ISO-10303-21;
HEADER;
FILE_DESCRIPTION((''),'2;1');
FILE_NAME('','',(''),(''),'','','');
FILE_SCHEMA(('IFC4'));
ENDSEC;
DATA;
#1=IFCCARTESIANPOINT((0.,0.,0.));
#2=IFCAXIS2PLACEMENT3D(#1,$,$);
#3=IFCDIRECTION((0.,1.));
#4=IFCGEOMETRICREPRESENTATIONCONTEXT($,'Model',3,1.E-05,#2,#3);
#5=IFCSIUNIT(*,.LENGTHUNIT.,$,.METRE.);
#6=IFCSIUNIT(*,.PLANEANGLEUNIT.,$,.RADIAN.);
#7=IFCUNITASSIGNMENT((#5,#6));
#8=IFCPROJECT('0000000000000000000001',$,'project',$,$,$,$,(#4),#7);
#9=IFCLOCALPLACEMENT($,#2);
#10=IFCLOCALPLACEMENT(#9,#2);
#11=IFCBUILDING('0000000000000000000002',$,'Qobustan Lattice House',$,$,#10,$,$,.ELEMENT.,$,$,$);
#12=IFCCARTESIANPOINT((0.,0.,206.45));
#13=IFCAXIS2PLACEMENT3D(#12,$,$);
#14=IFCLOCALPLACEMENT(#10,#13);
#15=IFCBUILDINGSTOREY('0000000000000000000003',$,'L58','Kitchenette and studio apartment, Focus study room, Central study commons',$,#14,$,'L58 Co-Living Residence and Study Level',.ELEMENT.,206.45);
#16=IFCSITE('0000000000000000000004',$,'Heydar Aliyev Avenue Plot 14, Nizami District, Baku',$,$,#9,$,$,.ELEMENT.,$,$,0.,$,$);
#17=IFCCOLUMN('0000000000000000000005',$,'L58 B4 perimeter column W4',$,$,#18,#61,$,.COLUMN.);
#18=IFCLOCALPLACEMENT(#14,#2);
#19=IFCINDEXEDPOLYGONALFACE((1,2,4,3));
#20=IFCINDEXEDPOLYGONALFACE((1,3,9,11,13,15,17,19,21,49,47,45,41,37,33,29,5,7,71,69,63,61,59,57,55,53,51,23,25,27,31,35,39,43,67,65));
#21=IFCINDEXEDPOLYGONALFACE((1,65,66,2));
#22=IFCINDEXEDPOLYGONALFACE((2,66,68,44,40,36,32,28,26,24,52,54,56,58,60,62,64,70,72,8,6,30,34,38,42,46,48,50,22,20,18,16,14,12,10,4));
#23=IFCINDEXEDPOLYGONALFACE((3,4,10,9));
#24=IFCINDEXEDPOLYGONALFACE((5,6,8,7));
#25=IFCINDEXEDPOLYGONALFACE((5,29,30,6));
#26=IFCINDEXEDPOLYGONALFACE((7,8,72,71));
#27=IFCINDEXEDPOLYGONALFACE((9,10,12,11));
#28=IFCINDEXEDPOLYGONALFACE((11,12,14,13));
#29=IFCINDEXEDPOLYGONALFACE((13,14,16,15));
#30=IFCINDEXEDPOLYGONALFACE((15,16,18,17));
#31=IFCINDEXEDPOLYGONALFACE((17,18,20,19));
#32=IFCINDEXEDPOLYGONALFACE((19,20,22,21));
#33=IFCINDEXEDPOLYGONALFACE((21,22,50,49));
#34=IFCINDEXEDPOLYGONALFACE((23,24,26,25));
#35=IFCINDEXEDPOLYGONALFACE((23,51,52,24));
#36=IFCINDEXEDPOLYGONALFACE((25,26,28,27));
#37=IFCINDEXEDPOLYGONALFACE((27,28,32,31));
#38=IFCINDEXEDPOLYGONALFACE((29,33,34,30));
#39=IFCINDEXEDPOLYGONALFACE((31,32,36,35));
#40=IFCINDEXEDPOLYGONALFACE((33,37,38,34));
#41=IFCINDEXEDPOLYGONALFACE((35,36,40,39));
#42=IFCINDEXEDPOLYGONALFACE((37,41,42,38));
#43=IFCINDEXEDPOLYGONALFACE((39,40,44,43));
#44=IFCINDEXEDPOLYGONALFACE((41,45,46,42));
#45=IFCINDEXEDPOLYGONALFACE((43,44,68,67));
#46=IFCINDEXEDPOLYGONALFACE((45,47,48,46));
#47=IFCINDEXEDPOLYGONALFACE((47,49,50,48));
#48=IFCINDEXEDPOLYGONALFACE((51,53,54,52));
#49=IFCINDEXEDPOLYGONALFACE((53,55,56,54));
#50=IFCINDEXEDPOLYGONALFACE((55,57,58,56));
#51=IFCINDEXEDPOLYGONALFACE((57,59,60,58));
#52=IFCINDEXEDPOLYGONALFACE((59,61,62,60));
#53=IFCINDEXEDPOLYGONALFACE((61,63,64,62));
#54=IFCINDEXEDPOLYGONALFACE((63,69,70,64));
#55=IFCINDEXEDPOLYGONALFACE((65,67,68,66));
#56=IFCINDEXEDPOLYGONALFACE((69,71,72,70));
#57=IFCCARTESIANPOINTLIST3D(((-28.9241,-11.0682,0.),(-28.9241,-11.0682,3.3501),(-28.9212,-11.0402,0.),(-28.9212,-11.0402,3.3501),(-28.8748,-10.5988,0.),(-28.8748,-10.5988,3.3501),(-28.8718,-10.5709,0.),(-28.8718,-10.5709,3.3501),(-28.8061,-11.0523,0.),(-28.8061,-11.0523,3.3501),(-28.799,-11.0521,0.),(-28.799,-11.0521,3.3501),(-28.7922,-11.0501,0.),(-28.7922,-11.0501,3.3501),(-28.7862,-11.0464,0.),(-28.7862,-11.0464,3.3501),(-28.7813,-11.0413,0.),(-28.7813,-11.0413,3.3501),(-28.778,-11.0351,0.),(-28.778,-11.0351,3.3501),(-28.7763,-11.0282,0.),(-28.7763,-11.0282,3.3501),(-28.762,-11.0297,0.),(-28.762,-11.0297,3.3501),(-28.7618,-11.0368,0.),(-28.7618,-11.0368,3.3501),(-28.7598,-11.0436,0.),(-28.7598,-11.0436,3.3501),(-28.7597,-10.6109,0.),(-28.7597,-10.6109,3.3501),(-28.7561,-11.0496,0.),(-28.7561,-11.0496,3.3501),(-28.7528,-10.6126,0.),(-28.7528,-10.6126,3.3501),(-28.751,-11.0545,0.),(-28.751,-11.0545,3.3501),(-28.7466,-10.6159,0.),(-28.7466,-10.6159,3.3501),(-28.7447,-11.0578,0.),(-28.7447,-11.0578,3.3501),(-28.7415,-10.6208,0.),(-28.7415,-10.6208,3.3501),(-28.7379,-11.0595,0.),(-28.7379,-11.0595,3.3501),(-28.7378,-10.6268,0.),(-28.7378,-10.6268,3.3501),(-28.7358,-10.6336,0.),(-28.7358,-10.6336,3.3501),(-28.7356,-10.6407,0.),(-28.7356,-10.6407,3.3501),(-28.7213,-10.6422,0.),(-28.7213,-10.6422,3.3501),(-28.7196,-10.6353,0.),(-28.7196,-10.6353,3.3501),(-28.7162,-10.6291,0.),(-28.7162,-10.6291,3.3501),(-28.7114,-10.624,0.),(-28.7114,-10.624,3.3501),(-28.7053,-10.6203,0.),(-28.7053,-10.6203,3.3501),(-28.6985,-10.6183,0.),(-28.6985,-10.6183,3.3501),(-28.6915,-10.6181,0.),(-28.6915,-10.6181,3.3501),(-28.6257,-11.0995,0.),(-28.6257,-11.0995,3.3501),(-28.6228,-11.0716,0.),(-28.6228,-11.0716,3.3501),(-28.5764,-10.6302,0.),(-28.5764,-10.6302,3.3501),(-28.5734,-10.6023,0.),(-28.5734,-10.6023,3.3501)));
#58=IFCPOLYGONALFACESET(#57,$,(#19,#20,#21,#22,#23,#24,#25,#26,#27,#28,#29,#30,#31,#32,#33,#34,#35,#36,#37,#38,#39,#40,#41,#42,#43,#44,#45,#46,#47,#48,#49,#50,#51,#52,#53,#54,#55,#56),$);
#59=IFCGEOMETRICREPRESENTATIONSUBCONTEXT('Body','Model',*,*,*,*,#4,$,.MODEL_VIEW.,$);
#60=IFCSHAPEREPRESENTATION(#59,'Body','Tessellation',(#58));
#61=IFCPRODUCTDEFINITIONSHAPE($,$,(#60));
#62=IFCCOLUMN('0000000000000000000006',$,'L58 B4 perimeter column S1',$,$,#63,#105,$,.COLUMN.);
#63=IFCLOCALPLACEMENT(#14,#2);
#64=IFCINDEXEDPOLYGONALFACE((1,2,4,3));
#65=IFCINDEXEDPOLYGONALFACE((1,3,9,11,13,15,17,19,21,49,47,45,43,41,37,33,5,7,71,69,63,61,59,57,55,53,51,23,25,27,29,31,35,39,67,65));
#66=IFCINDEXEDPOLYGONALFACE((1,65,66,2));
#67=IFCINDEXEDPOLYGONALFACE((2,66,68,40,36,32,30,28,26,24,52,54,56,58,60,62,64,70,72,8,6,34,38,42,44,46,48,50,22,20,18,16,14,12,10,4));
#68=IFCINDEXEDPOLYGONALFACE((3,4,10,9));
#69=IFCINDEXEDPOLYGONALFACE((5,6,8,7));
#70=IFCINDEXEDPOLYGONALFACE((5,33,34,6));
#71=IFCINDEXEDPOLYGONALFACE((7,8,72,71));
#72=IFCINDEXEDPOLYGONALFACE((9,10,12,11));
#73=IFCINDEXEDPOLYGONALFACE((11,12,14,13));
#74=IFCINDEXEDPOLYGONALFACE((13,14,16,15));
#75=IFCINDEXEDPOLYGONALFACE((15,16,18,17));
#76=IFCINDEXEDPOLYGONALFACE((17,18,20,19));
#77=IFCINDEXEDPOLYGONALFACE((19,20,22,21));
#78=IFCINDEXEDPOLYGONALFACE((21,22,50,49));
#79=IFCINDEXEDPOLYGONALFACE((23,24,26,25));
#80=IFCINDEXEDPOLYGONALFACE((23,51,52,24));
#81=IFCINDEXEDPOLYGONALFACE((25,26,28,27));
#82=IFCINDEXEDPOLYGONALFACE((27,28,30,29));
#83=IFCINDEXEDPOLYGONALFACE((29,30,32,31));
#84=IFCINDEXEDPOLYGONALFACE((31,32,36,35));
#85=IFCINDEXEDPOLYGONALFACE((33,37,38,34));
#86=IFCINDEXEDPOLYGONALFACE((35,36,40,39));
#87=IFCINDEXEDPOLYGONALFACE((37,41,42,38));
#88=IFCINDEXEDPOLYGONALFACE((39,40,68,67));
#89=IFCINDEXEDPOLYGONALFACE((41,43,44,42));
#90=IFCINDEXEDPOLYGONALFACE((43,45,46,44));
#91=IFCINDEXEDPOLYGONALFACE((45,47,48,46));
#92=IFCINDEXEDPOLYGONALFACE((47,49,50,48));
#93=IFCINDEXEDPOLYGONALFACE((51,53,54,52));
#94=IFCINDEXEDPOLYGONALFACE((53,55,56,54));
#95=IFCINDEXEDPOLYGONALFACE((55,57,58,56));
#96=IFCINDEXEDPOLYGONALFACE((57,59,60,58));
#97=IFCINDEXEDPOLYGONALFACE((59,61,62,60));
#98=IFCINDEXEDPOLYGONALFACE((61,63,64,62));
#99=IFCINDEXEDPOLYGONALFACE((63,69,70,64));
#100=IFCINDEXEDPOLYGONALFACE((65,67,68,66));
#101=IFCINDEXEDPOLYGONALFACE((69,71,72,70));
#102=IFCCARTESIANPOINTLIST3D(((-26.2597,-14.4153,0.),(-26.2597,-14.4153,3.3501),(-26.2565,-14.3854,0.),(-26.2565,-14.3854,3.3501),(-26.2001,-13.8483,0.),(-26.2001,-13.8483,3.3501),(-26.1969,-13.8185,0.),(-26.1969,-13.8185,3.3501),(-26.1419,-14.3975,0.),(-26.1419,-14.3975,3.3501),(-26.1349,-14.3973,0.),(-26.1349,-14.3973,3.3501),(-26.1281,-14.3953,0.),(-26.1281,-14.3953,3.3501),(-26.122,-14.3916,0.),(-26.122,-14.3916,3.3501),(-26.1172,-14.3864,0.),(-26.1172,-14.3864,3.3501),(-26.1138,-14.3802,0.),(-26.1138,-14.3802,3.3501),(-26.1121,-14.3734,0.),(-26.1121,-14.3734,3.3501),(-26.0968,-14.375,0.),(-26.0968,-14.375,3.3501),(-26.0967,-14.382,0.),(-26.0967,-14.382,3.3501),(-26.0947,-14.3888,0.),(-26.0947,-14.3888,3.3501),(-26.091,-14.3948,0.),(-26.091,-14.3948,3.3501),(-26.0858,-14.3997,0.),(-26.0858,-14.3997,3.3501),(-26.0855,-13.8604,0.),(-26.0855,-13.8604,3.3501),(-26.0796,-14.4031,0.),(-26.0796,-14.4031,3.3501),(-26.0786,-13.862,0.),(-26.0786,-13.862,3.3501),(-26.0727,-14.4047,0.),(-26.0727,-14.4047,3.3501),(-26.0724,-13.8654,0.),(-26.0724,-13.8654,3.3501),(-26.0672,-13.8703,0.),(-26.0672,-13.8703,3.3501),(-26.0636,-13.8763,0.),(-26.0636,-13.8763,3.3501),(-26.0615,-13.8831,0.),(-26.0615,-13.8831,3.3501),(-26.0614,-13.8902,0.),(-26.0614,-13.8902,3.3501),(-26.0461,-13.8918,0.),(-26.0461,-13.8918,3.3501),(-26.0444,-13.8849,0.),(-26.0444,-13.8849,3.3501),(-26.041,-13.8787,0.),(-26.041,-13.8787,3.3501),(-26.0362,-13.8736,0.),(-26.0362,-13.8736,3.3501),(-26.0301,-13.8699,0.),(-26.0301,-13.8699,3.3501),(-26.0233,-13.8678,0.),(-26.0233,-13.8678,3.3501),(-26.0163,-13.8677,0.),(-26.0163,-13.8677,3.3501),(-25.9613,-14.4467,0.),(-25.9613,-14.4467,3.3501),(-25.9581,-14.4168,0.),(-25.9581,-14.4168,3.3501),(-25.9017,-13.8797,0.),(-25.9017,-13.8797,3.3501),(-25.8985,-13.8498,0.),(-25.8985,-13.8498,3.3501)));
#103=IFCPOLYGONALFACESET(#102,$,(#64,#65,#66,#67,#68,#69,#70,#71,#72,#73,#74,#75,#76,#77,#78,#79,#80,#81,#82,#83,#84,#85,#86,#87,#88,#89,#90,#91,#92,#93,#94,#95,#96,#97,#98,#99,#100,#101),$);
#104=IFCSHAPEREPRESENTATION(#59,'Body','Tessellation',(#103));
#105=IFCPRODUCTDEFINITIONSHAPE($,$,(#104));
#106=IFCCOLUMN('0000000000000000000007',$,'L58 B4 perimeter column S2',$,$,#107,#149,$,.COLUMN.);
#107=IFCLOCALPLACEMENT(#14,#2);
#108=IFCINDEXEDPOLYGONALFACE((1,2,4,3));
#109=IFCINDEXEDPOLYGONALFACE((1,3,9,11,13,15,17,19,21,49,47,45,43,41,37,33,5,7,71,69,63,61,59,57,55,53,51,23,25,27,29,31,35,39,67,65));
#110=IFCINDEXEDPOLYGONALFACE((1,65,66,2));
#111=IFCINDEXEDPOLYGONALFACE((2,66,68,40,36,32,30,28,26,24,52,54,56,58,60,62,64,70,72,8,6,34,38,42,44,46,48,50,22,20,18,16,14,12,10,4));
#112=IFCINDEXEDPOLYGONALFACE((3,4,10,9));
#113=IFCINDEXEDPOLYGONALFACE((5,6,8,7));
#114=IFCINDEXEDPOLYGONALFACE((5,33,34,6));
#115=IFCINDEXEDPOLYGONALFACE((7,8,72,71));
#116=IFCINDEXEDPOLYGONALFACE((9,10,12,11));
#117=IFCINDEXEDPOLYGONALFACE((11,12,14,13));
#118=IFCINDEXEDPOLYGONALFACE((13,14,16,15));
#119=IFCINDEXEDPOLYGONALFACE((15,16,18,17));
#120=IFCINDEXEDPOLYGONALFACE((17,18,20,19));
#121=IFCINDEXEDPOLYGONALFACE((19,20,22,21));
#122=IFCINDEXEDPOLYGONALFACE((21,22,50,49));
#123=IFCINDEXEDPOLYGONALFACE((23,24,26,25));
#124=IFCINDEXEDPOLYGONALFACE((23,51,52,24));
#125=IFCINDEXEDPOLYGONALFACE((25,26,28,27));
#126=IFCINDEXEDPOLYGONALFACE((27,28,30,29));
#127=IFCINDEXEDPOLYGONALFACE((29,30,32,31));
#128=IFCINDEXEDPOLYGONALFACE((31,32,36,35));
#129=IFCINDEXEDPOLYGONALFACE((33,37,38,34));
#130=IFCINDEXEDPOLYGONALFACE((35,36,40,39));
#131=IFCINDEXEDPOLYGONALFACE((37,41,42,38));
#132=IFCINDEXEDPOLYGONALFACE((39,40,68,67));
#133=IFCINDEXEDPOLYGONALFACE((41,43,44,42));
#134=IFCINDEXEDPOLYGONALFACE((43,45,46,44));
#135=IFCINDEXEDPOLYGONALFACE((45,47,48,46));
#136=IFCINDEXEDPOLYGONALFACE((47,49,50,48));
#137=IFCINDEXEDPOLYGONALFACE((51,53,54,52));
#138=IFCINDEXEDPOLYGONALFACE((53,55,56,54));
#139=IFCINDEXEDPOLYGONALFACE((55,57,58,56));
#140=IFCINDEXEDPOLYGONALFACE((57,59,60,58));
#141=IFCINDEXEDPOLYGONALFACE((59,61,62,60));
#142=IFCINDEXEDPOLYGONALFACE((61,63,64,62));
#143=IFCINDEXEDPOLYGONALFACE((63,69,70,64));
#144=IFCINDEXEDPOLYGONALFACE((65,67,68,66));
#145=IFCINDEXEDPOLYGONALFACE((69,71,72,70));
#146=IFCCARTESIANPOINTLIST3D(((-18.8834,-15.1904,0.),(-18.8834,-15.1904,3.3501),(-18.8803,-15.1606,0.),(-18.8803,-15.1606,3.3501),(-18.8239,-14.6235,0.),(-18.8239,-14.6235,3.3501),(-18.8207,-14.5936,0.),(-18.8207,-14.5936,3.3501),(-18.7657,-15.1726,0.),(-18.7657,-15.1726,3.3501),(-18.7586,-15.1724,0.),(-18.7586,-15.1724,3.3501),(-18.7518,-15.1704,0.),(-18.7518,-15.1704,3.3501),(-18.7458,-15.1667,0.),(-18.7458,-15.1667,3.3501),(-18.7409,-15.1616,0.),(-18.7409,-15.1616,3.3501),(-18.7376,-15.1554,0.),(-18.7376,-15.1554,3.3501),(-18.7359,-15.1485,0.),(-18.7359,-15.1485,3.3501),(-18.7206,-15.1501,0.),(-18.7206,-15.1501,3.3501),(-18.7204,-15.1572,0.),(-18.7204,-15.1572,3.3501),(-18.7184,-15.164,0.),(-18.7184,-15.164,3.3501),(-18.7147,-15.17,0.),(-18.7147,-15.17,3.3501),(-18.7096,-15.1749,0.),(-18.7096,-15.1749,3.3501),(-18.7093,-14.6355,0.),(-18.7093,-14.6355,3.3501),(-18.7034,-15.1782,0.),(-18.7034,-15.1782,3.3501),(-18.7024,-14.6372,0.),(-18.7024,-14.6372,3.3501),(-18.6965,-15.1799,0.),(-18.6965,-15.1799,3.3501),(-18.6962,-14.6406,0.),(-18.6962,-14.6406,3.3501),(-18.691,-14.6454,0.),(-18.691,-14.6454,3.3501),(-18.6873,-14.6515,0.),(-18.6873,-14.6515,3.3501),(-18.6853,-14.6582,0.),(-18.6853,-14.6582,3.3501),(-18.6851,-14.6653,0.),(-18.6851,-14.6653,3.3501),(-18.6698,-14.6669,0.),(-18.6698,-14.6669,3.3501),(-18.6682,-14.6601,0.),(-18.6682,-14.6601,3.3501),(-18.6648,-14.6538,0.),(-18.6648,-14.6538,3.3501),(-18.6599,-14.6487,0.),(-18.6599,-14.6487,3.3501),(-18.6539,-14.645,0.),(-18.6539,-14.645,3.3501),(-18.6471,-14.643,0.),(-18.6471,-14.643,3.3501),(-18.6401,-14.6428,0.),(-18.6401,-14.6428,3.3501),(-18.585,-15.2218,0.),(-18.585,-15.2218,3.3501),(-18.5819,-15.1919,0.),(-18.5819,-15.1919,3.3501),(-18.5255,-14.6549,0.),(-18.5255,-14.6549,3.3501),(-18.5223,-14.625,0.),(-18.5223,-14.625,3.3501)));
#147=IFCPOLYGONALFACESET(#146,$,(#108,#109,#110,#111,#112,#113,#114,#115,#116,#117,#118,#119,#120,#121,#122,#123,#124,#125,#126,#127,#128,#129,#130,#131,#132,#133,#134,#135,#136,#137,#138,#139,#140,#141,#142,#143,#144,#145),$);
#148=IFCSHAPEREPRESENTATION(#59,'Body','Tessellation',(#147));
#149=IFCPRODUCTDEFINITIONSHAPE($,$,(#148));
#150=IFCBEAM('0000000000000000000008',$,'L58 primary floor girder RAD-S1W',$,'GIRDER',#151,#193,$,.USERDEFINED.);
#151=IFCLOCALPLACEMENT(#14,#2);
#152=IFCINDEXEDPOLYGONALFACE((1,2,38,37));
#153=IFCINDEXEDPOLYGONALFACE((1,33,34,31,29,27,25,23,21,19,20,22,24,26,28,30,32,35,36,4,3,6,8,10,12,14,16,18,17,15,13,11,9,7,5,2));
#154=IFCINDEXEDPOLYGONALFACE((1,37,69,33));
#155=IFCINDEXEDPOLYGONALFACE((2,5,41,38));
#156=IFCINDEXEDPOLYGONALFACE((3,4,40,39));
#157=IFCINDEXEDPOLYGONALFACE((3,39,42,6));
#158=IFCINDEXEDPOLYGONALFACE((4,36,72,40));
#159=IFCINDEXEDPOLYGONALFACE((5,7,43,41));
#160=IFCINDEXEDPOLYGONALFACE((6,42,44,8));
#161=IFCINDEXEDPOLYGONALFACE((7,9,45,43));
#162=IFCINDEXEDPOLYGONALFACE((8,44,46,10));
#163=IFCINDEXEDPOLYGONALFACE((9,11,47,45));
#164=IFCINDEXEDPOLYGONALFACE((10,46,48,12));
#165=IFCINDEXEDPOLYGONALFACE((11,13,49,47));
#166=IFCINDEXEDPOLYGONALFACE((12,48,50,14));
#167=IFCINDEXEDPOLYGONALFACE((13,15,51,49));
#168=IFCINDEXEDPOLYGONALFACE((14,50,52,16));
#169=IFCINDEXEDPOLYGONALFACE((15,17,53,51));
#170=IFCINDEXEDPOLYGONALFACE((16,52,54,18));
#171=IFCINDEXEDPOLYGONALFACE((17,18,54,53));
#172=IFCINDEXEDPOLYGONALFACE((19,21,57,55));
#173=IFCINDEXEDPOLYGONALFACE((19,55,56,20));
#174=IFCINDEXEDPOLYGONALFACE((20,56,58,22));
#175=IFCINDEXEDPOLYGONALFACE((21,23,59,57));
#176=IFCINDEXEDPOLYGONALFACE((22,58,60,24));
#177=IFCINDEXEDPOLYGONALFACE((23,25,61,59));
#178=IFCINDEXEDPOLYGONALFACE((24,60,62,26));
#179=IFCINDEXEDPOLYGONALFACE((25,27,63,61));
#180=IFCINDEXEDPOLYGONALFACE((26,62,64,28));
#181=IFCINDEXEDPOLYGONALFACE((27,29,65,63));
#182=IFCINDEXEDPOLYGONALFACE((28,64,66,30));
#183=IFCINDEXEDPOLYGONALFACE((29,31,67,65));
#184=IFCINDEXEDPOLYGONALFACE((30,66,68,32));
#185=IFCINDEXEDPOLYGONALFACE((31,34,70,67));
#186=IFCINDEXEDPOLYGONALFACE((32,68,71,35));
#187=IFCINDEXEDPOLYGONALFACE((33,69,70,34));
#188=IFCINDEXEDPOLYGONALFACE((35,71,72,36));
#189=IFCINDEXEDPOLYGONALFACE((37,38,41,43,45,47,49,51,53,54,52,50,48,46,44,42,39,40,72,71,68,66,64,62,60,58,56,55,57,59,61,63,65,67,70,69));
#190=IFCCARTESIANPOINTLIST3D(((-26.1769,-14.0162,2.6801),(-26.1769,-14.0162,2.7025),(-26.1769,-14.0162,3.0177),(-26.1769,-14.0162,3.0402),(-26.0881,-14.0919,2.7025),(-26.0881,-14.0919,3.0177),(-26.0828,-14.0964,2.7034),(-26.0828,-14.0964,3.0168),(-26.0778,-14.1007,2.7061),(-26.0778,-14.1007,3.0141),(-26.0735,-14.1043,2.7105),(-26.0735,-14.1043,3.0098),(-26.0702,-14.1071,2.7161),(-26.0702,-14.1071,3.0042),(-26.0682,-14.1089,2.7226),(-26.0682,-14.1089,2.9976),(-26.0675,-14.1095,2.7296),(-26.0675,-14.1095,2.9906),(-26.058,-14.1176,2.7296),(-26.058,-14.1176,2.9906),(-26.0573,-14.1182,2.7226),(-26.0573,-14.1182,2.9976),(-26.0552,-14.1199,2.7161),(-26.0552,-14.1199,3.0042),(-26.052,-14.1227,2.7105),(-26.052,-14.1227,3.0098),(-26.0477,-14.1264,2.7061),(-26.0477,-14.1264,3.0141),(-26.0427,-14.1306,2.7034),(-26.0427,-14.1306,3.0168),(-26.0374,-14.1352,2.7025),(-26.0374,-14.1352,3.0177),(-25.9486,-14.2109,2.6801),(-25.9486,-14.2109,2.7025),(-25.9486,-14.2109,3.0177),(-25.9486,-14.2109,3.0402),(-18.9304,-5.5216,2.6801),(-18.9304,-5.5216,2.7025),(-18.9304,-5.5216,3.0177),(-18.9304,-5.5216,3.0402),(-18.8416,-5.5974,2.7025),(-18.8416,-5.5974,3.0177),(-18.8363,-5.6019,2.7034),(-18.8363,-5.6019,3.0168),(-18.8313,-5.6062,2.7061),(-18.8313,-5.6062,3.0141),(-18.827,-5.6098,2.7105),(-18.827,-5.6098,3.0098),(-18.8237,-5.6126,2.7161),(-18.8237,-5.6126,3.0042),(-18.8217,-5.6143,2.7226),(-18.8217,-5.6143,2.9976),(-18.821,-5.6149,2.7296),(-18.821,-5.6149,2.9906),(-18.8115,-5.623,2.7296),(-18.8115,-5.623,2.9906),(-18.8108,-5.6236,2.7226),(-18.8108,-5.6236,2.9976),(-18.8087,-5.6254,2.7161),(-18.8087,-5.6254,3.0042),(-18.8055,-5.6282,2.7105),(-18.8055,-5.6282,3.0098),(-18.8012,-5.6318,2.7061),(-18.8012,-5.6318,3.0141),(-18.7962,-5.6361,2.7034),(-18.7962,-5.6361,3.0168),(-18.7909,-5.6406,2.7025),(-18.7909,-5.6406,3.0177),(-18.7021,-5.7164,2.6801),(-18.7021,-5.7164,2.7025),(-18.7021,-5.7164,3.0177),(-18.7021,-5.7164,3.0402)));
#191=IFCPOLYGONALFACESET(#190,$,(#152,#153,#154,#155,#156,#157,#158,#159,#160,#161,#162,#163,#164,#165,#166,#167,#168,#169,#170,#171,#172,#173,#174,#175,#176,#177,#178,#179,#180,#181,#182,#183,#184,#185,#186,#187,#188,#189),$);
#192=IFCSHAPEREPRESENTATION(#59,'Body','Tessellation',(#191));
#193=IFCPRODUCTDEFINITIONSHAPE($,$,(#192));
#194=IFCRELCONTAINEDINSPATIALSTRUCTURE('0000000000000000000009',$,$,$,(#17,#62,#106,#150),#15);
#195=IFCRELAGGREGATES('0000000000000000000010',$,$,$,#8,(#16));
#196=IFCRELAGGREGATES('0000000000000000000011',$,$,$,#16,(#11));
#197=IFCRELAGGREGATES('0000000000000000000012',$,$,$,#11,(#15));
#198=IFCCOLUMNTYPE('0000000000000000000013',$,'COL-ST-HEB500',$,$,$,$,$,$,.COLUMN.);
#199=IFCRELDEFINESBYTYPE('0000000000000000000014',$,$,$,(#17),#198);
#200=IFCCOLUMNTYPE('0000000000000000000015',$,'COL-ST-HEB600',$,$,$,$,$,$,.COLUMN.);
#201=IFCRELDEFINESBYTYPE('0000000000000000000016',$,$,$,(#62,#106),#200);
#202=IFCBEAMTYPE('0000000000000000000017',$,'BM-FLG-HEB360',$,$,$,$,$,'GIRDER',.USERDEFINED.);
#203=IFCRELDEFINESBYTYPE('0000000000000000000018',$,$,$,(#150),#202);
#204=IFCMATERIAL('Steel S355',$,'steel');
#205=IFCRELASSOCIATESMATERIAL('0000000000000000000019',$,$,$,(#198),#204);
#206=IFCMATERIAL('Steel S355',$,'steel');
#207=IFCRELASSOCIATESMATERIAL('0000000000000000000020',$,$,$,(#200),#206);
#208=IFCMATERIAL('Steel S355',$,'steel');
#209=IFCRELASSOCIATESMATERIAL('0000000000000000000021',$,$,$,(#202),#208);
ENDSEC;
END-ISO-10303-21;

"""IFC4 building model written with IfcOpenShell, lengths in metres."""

from ifc_helpers import new_model, si_unit, direction, frame, origin, origin_2d, place, context, subcontext, project, spatial, i_section, extrude, material, material_profile, profile_set, type_object, element, save


model = new_model("IFC4")

# Units and contexts
model_context = context("Model", 3, precision=1e-05, world=origin(), true_north=direction((0.0, 1.0)))
body_context = subcontext(model_context, "Body", "Model", "MODEL_VIEW")
ifc_project = project(units=[si_unit("LENGTHUNIT", "METRE"), si_unit("PLANEANGLEUNIT", "RADIAN")], contexts=[model_context])

# Site, building, storey
site_placement = place(None, origin())
site = spatial("IfcSite", under=ifc_project, at=site_placement, Name="Heydar Aliyev Avenue Plot 14, Nizami District, Baku", CompositionType="ELEMENT", RefElevation=0.0)
building_placement = place(site_placement, origin())
building = spatial("IfcBuilding", under=site, at=building_placement, Name="Qobustan Lattice House", CompositionType="ELEMENT")
storey_placement = place(building_placement, frame((0.0, 0.0, 206.45)))
storey = spatial("IfcBuildingStorey", under=building, at=storey_placement, Name="L58", Description="Kitchenette and studio apartment, Focus study room, Central study commons", LongName="L58 Co-Living Residence and Study Level", CompositionType="ELEMENT", Elevation=206.45)

# Columns
ifc_material_1 = material(Name="Steel S355", Category="steel")
ifc_material_profile_1 = material_profile(ifc_material_1, i_section(OverallWidth=0.3, OverallDepth=0.5, WebThickness=0.0144, FlangeThickness=0.0281, FilletRadius=0.0271, at=origin_2d()), Name="HEB500")
ifc_profile_set_1 = profile_set([ifc_material_profile_1], Name="Steel S355")
column_type_1 = type_object("IfcColumnType", Name="COL-ST-HEB500", PredefinedType="COLUMN", material=ifc_profile_set_1)
column_placement = place(storey_placement, frame((-28.7488, -10.8352, 0.0), z_axis=(0.0, 0.0, 1.0), x_axis=(0.994522, -0.104528, 0.0)))
element("IfcColumn", 1, at=column_placement, inside=storey, type_object=column_type_1, Name="L58 B4 perimeter column W4", PredefinedType="COLUMN", context=body_context, shape_type="SweptSolid", body=[
    extrude(i_section(OverallWidth=0.3, OverallDepth=0.5, WebThickness=0.0144, FlangeThickness=0.0281, FilletRadius=0.0271, at=origin_2d()), origin(), (0.0, 0.0, 1.0), 3.3501),
])
ifc_material_2 = material(Name="Steel S355", Category="steel")
ifc_material_profile_2 = material_profile(ifc_material_2, i_section(OverallWidth=0.3, OverallDepth=0.6001, WebThickness=0.0154, FlangeThickness=0.03, FilletRadius=0.0271, at=origin_2d()), Name="HEB600")
ifc_profile_set_2 = profile_set([ifc_material_profile_2], Name="Steel S355")
column_type_2 = type_object("IfcColumnType", Name="COL-ST-HEB600", PredefinedType="COLUMN", material=ifc_profile_set_2)
for number, where, z_axis, x_axis, name in (
    (2, (-26.0791, -14.1326, 0.0), (0.0, 0.0, 1.0), (0.994522, -0.104528, 0.0), "L58 B4 perimeter column S1"),
    (3, (-18.7029, -14.9077, 0.0), (0.0, 0.0, 1.0), (0.994522, -0.104528, 0.0), "L58 B4 perimeter column S2"),
):
    element("IfcColumn", number, at=place(storey_placement, frame(where, z_axis=z_axis, x_axis=x_axis)), inside=storey, type_object=column_type_2, Name=name, PredefinedType="COLUMN", context=body_context, shape_type="SweptSolid", body=[
        extrude(i_section(OverallWidth=0.3, OverallDepth=0.6001, WebThickness=0.0154, FlangeThickness=0.03, FilletRadius=0.0271, at=origin_2d()), origin(), (0.0, 0.0, 1.0), 3.3501),
    ])

# Beam
ifc_material_3 = material(Name="Steel S355", Category="steel")
ifc_material_profile_3 = material_profile(ifc_material_3, i_section(OverallWidth=0.3, OverallDepth=0.3601, WebThickness=0.0125, FlangeThickness=0.0225, FilletRadius=0.0271, at=origin_2d()), Name="HEB360")
ifc_profile_set_3 = profile_set([ifc_material_profile_3], Name="Steel S355")
beam_type_1 = type_object("IfcBeamType", Name="BM-FLG-HEB360", ElementType="GIRDER", PredefinedType="USERDEFINED", material=ifc_profile_set_3)
beam_1_placement = place(storey_placement, frame((-26.0627, -14.1135, 2.8601), z_axis=(0.649007, 0.760783, 0.0), x_axis=(-0.760783, 0.649007, 0.0)))
element("IfcBeam", 4, at=beam_1_placement, inside=storey, type_object=beam_type_1, Name="L58 primary floor girder RAD-S1W", ObjectType="GIRDER", PredefinedType="USERDEFINED", context=body_context, shape_type="SweptSolid", body=[
    extrude(i_section(OverallWidth=0.3, OverallDepth=0.3601, WebThickness=0.0125, FlangeThickness=0.0225, FilletRadius=0.0271, at=origin_2d()), origin(), (0.0, 0.0, 1.0), 11.1655),
])

save(model, "model.ifc")
